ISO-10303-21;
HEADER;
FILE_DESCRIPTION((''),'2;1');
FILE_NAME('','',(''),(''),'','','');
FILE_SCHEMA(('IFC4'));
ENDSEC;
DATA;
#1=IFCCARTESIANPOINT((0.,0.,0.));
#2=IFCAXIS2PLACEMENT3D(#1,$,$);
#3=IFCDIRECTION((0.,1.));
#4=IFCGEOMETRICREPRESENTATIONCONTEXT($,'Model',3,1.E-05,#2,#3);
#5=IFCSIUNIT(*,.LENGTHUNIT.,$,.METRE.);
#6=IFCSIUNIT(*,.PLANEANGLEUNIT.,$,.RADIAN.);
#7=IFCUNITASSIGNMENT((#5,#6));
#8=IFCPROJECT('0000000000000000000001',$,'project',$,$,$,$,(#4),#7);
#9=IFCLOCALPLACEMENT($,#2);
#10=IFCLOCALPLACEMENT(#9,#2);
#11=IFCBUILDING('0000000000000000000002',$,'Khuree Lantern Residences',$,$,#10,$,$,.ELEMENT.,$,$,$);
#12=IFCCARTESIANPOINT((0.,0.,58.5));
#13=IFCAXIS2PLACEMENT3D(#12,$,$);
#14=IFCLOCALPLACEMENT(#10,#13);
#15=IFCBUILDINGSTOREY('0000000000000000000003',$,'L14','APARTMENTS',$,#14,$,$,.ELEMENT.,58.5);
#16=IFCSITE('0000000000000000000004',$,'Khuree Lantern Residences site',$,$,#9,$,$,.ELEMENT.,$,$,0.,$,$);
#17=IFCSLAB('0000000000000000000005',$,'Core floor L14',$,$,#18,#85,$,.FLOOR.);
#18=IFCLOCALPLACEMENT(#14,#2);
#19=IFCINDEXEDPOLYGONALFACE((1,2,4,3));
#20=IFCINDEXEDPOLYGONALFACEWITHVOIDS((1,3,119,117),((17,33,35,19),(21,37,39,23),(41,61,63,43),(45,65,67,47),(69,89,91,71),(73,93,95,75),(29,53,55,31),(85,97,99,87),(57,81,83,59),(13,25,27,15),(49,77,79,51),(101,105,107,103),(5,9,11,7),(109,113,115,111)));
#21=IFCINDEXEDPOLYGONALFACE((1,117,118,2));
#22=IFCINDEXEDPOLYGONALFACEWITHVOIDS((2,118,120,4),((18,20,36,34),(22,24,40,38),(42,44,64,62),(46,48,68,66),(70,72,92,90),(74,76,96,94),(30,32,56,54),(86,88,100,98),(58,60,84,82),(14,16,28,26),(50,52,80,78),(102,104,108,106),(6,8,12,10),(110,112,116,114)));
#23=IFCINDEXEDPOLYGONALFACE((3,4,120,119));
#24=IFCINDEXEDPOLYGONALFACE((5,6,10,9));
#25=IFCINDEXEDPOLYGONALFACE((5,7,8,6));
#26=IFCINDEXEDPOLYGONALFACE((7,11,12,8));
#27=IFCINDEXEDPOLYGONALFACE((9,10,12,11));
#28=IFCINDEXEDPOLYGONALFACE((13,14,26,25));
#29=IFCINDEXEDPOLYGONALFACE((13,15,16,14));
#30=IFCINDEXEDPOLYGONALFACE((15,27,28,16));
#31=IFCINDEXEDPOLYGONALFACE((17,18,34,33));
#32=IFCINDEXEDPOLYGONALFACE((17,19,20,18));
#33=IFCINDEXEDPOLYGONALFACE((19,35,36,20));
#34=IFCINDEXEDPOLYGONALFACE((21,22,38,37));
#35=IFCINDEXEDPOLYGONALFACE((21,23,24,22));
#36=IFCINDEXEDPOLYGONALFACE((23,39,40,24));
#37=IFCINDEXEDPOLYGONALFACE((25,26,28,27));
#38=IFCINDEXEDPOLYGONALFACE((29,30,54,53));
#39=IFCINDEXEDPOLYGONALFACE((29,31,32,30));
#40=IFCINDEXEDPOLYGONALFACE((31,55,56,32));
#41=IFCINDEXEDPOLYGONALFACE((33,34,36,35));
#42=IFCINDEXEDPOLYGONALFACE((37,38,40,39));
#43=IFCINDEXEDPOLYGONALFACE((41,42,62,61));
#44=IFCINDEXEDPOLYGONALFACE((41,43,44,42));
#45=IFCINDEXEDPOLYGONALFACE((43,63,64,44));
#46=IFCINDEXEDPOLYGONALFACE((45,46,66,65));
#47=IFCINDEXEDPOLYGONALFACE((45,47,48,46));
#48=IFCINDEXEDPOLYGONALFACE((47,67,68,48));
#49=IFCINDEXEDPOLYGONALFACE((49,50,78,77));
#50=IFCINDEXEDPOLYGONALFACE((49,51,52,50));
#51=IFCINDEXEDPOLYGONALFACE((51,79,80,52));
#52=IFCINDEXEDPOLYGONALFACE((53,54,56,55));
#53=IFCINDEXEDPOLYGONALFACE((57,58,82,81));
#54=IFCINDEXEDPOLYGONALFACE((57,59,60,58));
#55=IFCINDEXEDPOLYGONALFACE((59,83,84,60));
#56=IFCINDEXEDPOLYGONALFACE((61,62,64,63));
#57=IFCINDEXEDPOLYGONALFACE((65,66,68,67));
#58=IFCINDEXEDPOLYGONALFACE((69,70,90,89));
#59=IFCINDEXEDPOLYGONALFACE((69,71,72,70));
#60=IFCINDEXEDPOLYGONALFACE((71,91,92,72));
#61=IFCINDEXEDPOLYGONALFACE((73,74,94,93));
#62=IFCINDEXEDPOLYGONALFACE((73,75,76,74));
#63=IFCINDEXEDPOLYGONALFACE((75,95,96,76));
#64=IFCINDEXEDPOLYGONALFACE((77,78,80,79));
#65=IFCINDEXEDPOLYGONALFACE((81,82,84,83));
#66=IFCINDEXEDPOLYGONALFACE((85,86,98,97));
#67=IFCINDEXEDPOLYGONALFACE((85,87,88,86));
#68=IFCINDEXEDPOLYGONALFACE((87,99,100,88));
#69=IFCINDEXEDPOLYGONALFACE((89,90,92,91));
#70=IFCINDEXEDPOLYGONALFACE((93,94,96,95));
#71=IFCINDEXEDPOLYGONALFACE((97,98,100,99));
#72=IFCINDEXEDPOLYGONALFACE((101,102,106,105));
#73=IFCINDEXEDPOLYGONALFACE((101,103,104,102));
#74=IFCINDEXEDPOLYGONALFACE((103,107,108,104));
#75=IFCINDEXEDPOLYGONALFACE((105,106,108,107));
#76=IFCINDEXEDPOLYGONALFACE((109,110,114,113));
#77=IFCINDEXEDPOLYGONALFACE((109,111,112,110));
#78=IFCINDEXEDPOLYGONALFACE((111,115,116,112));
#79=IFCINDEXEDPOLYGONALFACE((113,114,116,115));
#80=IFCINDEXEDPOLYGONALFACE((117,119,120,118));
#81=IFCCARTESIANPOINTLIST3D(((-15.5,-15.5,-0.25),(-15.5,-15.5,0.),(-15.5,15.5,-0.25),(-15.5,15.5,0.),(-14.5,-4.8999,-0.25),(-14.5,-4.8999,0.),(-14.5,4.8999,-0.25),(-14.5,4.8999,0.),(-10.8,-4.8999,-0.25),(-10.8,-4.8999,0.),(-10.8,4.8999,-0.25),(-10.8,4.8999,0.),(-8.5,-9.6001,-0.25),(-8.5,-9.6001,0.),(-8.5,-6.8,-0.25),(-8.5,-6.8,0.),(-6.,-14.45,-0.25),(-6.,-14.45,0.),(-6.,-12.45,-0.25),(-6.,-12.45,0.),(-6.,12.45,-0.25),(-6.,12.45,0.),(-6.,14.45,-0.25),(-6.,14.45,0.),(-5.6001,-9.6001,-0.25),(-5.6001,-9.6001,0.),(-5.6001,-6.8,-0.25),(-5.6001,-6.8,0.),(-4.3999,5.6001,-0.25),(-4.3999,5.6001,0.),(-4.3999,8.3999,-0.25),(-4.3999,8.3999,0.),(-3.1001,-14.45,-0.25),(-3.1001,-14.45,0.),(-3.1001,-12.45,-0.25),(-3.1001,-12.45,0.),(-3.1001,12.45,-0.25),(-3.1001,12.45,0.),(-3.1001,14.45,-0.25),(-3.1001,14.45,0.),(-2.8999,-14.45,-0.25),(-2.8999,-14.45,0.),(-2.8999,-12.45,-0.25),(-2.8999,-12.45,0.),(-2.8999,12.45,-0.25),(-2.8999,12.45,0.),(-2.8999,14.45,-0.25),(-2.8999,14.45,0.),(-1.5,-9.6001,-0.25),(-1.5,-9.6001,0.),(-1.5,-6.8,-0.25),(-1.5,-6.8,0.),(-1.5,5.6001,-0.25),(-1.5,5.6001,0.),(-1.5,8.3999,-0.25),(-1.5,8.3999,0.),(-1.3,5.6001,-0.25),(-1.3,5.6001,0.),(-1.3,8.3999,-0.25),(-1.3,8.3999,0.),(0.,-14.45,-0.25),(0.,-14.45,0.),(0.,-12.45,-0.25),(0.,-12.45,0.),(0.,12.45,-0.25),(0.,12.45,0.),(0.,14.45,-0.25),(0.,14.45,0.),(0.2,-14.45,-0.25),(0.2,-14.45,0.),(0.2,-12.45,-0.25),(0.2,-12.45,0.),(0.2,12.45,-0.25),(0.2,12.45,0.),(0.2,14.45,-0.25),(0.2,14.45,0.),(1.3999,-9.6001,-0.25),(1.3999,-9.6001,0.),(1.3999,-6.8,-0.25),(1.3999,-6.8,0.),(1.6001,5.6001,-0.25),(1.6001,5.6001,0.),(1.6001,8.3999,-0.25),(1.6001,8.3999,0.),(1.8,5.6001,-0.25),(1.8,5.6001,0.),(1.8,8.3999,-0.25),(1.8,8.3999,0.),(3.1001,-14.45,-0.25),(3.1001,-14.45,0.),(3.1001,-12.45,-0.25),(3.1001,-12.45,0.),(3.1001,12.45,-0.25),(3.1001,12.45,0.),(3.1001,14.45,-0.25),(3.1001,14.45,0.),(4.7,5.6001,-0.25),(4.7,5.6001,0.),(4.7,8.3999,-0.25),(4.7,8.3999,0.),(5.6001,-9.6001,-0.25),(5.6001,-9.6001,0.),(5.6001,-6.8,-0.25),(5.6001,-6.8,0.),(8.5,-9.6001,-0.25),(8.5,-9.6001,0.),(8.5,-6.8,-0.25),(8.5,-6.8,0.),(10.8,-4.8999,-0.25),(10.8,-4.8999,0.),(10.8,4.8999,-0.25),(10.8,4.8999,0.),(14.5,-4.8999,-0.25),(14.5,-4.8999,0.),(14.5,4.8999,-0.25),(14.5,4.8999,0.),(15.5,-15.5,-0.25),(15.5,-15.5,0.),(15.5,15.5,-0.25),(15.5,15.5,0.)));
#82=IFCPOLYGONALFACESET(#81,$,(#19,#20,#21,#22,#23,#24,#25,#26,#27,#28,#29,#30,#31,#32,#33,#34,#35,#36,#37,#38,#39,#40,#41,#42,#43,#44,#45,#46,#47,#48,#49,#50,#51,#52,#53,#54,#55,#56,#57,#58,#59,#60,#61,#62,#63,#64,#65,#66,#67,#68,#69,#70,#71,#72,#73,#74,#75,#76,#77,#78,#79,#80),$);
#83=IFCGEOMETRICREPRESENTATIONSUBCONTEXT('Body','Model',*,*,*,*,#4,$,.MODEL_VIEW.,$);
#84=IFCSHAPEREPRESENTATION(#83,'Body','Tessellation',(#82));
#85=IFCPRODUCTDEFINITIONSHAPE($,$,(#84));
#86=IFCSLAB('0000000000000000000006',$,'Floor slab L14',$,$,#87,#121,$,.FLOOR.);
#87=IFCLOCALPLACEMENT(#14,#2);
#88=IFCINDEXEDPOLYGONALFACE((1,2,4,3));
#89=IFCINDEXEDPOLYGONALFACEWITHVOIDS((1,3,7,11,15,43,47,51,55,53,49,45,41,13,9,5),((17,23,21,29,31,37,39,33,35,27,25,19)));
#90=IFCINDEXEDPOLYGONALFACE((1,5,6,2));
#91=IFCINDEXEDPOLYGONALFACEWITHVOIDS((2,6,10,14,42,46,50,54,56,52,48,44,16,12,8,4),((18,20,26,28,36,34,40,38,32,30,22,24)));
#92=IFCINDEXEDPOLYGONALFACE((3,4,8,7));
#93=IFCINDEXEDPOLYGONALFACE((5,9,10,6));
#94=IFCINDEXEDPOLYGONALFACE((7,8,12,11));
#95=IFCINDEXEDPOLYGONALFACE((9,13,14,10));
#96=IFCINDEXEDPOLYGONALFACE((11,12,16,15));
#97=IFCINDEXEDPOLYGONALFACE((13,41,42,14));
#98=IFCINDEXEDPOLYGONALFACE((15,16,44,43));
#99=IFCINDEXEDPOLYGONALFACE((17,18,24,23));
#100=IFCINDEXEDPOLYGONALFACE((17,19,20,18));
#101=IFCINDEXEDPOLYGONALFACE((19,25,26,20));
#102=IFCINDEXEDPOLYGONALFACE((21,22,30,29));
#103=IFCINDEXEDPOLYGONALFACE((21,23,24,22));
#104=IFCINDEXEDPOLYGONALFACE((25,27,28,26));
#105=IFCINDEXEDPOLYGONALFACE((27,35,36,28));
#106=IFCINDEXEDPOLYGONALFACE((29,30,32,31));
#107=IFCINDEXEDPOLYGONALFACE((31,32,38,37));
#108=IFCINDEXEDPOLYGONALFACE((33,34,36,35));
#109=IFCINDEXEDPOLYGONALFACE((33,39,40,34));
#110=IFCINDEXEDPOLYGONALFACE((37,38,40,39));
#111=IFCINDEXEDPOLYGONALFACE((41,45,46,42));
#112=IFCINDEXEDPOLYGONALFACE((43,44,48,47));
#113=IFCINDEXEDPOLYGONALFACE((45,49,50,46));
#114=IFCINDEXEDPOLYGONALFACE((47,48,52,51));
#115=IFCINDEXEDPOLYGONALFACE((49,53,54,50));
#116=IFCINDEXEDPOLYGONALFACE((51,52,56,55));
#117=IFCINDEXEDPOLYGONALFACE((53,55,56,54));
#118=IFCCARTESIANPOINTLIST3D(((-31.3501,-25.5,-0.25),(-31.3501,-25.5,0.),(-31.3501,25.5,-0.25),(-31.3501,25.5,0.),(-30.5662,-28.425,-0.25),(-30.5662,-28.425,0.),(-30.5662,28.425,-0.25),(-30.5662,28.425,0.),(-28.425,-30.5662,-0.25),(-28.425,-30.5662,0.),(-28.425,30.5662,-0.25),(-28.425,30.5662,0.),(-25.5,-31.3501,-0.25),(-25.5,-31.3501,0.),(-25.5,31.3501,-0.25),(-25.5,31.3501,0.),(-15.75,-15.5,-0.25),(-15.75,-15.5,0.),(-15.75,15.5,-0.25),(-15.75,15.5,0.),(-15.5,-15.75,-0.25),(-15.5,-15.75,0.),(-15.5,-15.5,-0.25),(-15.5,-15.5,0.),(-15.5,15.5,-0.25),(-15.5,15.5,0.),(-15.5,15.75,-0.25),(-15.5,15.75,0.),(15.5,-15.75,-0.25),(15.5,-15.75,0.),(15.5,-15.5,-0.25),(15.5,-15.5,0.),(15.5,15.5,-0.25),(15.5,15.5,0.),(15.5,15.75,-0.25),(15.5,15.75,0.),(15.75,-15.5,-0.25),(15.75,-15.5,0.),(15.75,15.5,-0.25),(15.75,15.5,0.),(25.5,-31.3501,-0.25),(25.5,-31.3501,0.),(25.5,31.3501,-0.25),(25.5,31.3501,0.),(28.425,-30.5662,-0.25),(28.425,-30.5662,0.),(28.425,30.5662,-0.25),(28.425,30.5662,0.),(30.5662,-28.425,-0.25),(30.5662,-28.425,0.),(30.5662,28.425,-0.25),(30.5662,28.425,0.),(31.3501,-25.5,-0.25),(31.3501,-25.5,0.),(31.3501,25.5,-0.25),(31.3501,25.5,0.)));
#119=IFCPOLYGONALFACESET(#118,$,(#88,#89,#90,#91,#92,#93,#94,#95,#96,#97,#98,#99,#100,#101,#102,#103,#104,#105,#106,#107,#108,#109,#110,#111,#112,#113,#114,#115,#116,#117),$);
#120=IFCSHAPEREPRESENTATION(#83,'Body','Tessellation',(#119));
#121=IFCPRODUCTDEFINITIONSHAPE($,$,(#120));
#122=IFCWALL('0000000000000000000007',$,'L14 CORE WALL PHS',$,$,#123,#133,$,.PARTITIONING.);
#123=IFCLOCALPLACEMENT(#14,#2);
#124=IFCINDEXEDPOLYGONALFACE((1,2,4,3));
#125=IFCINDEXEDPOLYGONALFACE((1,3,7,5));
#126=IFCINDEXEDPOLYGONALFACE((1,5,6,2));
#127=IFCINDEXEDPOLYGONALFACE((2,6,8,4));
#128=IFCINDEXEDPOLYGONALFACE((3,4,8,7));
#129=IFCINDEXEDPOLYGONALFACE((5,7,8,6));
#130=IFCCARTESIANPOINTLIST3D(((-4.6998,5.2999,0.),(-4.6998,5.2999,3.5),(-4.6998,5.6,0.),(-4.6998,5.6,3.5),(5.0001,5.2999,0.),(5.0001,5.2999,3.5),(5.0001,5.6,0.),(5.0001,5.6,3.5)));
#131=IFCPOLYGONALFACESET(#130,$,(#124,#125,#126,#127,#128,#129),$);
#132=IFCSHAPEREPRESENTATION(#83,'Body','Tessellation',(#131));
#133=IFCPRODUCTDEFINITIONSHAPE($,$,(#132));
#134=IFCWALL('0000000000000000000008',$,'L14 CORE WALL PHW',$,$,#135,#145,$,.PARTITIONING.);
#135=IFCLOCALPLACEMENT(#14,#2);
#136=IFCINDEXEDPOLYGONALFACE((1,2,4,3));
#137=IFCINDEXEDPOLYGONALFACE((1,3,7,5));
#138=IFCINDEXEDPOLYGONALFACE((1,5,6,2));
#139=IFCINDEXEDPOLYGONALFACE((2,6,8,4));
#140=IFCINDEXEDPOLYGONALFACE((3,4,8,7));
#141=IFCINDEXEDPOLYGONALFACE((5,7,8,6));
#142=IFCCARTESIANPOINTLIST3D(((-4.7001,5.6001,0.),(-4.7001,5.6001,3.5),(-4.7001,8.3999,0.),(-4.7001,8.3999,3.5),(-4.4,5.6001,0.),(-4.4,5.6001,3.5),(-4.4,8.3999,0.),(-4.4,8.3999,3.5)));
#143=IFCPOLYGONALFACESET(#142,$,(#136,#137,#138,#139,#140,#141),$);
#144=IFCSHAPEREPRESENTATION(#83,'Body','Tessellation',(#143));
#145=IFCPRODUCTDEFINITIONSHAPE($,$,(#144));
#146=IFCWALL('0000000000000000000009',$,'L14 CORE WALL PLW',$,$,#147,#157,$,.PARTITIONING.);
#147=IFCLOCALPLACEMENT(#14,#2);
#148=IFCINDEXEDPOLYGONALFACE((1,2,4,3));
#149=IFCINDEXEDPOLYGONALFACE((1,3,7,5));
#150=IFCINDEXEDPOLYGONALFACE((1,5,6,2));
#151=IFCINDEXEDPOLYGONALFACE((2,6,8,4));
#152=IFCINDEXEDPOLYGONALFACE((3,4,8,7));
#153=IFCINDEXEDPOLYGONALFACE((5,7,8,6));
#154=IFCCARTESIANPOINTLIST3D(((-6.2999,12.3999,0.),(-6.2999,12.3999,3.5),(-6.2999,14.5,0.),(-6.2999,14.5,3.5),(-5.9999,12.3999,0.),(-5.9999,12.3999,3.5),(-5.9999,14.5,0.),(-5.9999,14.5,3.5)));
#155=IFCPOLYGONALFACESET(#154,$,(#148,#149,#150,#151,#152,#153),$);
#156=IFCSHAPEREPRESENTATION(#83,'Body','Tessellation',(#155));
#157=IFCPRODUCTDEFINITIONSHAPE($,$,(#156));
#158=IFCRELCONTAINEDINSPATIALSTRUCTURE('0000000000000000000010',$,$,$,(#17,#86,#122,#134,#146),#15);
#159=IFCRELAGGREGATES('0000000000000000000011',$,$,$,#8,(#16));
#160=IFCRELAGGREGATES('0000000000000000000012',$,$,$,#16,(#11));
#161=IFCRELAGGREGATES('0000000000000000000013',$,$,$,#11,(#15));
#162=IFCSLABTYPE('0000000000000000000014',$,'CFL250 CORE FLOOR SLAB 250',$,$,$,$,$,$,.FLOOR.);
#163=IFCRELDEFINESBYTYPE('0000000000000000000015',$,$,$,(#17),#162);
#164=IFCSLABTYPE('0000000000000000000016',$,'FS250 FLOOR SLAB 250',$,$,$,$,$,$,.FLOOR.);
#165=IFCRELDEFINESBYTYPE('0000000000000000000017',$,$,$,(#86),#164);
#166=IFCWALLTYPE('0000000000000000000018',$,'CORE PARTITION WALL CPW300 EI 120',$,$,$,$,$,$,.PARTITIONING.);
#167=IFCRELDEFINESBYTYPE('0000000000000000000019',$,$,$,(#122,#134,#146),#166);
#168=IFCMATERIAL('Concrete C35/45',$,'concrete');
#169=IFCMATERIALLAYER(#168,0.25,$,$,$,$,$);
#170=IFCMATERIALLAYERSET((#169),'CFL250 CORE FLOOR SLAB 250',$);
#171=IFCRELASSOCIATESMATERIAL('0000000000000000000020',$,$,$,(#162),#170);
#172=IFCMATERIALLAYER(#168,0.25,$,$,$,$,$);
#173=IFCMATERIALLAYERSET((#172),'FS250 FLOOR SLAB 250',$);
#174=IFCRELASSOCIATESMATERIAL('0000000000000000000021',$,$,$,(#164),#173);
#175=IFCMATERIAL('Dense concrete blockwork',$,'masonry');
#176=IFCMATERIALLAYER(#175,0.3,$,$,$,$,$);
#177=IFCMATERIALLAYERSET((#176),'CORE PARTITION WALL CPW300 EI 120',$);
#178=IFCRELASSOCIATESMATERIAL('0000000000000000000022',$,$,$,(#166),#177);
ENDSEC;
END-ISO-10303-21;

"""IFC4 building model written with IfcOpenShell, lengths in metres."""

from ifc_helpers import new_model, si_unit, direction, frame, frame_2d, origin, place, context, subcontext, project, spatial, polyline, rectangle, outline, extrude, material, layer, layer_set, type_object, element, save


model = new_model("IFC4")

# Units and contexts
model_context = context("Model", 3, precision=1e-05, world=origin(), true_north=direction((0.0, 1.0)))
body_context = subcontext(model_context, "Body", "Model", "MODEL_VIEW")
ifc_project = project(units=[si_unit("LENGTHUNIT", "METRE"), si_unit("PLANEANGLEUNIT", "RADIAN")], contexts=[model_context])

# Site, building, storey
site_placement = place(None, origin())
site = spatial("IfcSite", under=ifc_project, at=site_placement, Name="Khuree Lantern Residences site", CompositionType="ELEMENT", RefElevation=0.0)
building_placement = place(site_placement, origin())
building = spatial("IfcBuilding", under=site, at=building_placement, Name="Khuree Lantern Residences", CompositionType="ELEMENT")
storey_placement = place(building_placement, frame((0.0, 0.0, 58.5)))
storey = spatial("IfcBuildingStorey", under=building, at=storey_placement, Name="L14", Description="APARTMENTS", CompositionType="ELEMENT", Elevation=58.5)

# Slabs
ifc_material_1 = material(Name="Concrete C35/45", Category="concrete")
ifc_layer_1 = layer(ifc_material_1, 0.25)
ifc_layer_set_1 = layer_set([ifc_layer_1], Name="CFL250 CORE FLOOR SLAB 250")
slab_type_1 = type_object("IfcSlabType", Name="CFL250 CORE FLOOR SLAB 250", PredefinedType="FLOOR", material=ifc_layer_set_1)
slab_1_placement = place(storey_placement, frame((0.0, 0.0, -0.25)))
element("IfcSlab", 1, at=slab_1_placement, inside=storey, type_object=slab_type_1, Name="Core floor L14", PredefinedType="FLOOR", context=body_context, shape_type="SweptSolid", body=[
    extrude(outline(polyline([(-15.5, -15.5), (-15.5, 15.5), (15.5, 15.5), (15.5, -15.5), (-15.5, -15.5)]), holes=[polyline([(14.5, 4.8999), (10.8, 4.8999), (10.8, -4.8999), (14.5, -4.8999), (14.5, 4.8999)]), polyline([(8.5, -6.8), (5.6001, -6.8), (5.6001, -9.6001), (8.5, -9.6001), (8.5, -6.8)]), polyline([(4.7, 8.3999), (1.8, 8.3999), (1.8, 5.6001), (4.7, 5.6001), (4.7, 8.3999)]), polyline([(0.2, -12.45), (0.2, -14.45), (3.1001, -14.45), (3.1001, -12.45), (0.2, -12.45)]), polyline([(3.1001, 14.45), (0.2, 14.45), (0.2, 12.45), (3.1001, 12.45), (3.1001, 14.45)]), polyline([(1.6001, 8.3999), (-1.3, 8.3999), (-1.3, 5.6001), (1.6001, 5.6001), (1.6001, 8.3999)]), polyline([(1.3999, -6.8), (-1.5, -6.8), (-1.5, -9.6001), (1.3999, -9.6001), (1.3999, -6.8)]), polyline([(0.0, -12.45), (-2.8999, -12.45), (-2.8999, -14.45), (0.0, -14.45), (0.0, -12.45)]), polyline([(0.0, 14.45), (-2.8999, 14.45), (-2.8999, 12.45), (0.0, 12.45), (0.0, 14.45)]), polyline([(-1.5, 8.3999), (-4.3999, 8.3999), (-4.3999, 5.6001), (-1.5, 5.6001), (-1.5, 8.3999)]), polyline([(-6.0, -12.45), (-6.0, -14.45), (-3.1001, -14.45), (-3.1001, -12.45), (-6.0, -12.45)]), polyline([(-3.1001, 14.45), (-6.0, 14.45), (-6.0, 12.45), (-3.1001, 12.45), (-3.1001, 14.45)]), polyline([(-5.6001, -6.8), (-8.5, -6.8), (-8.5, -9.6001), (-5.6001, -9.6001), (-5.6001, -6.8)]), polyline([(-10.8, 4.8999), (-14.5, 4.8999), (-14.5, -4.8999), (-10.8, -4.8999), (-10.8, 4.8999)])]), origin(), (0.0, 0.0, 1.0), 0.25),
])
ifc_layer_2 = layer(ifc_material_1, 0.25)
ifc_layer_set_2 = layer_set([ifc_layer_2], Name="FS250 FLOOR SLAB 250")
slab_type_2 = type_object("IfcSlabType", Name="FS250 FLOOR SLAB 250", PredefinedType="FLOOR", material=ifc_layer_set_2)
slab_2_placement = place(storey_placement, frame((0.0, 0.0, -0.25)))
element("IfcSlab", 2, at=slab_2_placement, inside=storey, type_object=slab_type_2, Name="Floor slab L14", PredefinedType="FLOOR", context=body_context, shape_type="SweptSolid", body=[
    extrude(outline(polyline([(-28.425, -30.5662), (-30.5662, -28.425), (-31.3501, -25.5), (-31.3501, 25.5), (-30.5662, 28.425), (-28.425, 30.5662), (-25.5, 31.3501), (25.5, 31.3501), (28.425, 30.5662), (30.5662, 28.425), (31.3501, 25.5), (31.3501, -25.5), (30.5662, -28.425), (28.425, -30.5662), (25.5, -31.3501), (-25.5, -31.3501), (-28.425, -30.5662)]), holes=[polyline([(15.75, 15.5), (15.5, 15.5), (15.5, 15.75), (-15.5, 15.75), (-15.5, 15.5), (-15.75, 15.5), (-15.75, -15.5), (-15.5, -15.5), (-15.5, -15.75), (15.5, -15.75), (15.5, -15.5), (15.75, -15.5), (15.75, 15.5)])]), origin(), (0.0, 0.0, 1.0), 0.25),
])

# Walls
ifc_material_2 = material(Name="Dense concrete blockwork", Category="masonry")
ifc_layer_3 = layer(ifc_material_2, 0.3)
ifc_layer_set_3 = layer_set([ifc_layer_3], Name="CORE PARTITION WALL CPW300 EI 120")
wall_type_1 = type_object("IfcWallType", Name="CORE PARTITION WALL CPW300 EI 120", PredefinedType="PARTITIONING", material=ifc_layer_set_3)
wall_1_placement = place(storey_placement, frame((-4.7, 5.45, 0.0), z_axis=(0.0, 0.0, 1.0), x_axis=(1.0, 0.0, 0.0)))
element("IfcWall", 3, at=wall_1_placement, inside=storey, type_object=wall_type_1, Name="L14 CORE WALL PHS", PredefinedType="PARTITIONING", context=body_context, shape_type="SweptSolid", body=[
    extrude(rectangle(XDim=9.7, YDim=0.3, at=frame_2d((4.8501, 0.0))), origin(), (0.0, 0.0, 1.0), 3.5),
])
wall_2_placement = place(storey_placement, frame((-4.55, 5.6001, 0.0), z_axis=(0.0, 0.0, 1.0), x_axis=(0.0, 1.0, 0.0)))
element("IfcWall", 4, at=wall_2_placement, inside=storey, type_object=wall_type_1, Name="L14 CORE WALL PHW", PredefinedType="PARTITIONING", context=body_context, shape_type="SweptSolid", body=[
    extrude(rectangle(XDim=2.7998, YDim=0.3, at=frame_2d((1.3999, 0.0))), origin(), (0.0, 0.0, 1.0), 3.5),
])
wall_3_placement = place(storey_placement, frame((-6.1499, 12.3999, 0.0), z_axis=(0.0, 0.0, 1.0), x_axis=(0.0, 1.0, 0.0)))
element("IfcWall", 5, at=wall_3_placement, inside=storey, type_object=wall_type_1, Name="L14 CORE WALL PLW", PredefinedType="PARTITIONING", context=body_context, shape_type="SweptSolid", body=[
    extrude(rectangle(XDim=2.1001, YDim=0.3, at=frame_2d((1.05, 0.0))), origin(), (0.0, 0.0, 1.0), 3.5),
])

save(model, "model.ifc")
